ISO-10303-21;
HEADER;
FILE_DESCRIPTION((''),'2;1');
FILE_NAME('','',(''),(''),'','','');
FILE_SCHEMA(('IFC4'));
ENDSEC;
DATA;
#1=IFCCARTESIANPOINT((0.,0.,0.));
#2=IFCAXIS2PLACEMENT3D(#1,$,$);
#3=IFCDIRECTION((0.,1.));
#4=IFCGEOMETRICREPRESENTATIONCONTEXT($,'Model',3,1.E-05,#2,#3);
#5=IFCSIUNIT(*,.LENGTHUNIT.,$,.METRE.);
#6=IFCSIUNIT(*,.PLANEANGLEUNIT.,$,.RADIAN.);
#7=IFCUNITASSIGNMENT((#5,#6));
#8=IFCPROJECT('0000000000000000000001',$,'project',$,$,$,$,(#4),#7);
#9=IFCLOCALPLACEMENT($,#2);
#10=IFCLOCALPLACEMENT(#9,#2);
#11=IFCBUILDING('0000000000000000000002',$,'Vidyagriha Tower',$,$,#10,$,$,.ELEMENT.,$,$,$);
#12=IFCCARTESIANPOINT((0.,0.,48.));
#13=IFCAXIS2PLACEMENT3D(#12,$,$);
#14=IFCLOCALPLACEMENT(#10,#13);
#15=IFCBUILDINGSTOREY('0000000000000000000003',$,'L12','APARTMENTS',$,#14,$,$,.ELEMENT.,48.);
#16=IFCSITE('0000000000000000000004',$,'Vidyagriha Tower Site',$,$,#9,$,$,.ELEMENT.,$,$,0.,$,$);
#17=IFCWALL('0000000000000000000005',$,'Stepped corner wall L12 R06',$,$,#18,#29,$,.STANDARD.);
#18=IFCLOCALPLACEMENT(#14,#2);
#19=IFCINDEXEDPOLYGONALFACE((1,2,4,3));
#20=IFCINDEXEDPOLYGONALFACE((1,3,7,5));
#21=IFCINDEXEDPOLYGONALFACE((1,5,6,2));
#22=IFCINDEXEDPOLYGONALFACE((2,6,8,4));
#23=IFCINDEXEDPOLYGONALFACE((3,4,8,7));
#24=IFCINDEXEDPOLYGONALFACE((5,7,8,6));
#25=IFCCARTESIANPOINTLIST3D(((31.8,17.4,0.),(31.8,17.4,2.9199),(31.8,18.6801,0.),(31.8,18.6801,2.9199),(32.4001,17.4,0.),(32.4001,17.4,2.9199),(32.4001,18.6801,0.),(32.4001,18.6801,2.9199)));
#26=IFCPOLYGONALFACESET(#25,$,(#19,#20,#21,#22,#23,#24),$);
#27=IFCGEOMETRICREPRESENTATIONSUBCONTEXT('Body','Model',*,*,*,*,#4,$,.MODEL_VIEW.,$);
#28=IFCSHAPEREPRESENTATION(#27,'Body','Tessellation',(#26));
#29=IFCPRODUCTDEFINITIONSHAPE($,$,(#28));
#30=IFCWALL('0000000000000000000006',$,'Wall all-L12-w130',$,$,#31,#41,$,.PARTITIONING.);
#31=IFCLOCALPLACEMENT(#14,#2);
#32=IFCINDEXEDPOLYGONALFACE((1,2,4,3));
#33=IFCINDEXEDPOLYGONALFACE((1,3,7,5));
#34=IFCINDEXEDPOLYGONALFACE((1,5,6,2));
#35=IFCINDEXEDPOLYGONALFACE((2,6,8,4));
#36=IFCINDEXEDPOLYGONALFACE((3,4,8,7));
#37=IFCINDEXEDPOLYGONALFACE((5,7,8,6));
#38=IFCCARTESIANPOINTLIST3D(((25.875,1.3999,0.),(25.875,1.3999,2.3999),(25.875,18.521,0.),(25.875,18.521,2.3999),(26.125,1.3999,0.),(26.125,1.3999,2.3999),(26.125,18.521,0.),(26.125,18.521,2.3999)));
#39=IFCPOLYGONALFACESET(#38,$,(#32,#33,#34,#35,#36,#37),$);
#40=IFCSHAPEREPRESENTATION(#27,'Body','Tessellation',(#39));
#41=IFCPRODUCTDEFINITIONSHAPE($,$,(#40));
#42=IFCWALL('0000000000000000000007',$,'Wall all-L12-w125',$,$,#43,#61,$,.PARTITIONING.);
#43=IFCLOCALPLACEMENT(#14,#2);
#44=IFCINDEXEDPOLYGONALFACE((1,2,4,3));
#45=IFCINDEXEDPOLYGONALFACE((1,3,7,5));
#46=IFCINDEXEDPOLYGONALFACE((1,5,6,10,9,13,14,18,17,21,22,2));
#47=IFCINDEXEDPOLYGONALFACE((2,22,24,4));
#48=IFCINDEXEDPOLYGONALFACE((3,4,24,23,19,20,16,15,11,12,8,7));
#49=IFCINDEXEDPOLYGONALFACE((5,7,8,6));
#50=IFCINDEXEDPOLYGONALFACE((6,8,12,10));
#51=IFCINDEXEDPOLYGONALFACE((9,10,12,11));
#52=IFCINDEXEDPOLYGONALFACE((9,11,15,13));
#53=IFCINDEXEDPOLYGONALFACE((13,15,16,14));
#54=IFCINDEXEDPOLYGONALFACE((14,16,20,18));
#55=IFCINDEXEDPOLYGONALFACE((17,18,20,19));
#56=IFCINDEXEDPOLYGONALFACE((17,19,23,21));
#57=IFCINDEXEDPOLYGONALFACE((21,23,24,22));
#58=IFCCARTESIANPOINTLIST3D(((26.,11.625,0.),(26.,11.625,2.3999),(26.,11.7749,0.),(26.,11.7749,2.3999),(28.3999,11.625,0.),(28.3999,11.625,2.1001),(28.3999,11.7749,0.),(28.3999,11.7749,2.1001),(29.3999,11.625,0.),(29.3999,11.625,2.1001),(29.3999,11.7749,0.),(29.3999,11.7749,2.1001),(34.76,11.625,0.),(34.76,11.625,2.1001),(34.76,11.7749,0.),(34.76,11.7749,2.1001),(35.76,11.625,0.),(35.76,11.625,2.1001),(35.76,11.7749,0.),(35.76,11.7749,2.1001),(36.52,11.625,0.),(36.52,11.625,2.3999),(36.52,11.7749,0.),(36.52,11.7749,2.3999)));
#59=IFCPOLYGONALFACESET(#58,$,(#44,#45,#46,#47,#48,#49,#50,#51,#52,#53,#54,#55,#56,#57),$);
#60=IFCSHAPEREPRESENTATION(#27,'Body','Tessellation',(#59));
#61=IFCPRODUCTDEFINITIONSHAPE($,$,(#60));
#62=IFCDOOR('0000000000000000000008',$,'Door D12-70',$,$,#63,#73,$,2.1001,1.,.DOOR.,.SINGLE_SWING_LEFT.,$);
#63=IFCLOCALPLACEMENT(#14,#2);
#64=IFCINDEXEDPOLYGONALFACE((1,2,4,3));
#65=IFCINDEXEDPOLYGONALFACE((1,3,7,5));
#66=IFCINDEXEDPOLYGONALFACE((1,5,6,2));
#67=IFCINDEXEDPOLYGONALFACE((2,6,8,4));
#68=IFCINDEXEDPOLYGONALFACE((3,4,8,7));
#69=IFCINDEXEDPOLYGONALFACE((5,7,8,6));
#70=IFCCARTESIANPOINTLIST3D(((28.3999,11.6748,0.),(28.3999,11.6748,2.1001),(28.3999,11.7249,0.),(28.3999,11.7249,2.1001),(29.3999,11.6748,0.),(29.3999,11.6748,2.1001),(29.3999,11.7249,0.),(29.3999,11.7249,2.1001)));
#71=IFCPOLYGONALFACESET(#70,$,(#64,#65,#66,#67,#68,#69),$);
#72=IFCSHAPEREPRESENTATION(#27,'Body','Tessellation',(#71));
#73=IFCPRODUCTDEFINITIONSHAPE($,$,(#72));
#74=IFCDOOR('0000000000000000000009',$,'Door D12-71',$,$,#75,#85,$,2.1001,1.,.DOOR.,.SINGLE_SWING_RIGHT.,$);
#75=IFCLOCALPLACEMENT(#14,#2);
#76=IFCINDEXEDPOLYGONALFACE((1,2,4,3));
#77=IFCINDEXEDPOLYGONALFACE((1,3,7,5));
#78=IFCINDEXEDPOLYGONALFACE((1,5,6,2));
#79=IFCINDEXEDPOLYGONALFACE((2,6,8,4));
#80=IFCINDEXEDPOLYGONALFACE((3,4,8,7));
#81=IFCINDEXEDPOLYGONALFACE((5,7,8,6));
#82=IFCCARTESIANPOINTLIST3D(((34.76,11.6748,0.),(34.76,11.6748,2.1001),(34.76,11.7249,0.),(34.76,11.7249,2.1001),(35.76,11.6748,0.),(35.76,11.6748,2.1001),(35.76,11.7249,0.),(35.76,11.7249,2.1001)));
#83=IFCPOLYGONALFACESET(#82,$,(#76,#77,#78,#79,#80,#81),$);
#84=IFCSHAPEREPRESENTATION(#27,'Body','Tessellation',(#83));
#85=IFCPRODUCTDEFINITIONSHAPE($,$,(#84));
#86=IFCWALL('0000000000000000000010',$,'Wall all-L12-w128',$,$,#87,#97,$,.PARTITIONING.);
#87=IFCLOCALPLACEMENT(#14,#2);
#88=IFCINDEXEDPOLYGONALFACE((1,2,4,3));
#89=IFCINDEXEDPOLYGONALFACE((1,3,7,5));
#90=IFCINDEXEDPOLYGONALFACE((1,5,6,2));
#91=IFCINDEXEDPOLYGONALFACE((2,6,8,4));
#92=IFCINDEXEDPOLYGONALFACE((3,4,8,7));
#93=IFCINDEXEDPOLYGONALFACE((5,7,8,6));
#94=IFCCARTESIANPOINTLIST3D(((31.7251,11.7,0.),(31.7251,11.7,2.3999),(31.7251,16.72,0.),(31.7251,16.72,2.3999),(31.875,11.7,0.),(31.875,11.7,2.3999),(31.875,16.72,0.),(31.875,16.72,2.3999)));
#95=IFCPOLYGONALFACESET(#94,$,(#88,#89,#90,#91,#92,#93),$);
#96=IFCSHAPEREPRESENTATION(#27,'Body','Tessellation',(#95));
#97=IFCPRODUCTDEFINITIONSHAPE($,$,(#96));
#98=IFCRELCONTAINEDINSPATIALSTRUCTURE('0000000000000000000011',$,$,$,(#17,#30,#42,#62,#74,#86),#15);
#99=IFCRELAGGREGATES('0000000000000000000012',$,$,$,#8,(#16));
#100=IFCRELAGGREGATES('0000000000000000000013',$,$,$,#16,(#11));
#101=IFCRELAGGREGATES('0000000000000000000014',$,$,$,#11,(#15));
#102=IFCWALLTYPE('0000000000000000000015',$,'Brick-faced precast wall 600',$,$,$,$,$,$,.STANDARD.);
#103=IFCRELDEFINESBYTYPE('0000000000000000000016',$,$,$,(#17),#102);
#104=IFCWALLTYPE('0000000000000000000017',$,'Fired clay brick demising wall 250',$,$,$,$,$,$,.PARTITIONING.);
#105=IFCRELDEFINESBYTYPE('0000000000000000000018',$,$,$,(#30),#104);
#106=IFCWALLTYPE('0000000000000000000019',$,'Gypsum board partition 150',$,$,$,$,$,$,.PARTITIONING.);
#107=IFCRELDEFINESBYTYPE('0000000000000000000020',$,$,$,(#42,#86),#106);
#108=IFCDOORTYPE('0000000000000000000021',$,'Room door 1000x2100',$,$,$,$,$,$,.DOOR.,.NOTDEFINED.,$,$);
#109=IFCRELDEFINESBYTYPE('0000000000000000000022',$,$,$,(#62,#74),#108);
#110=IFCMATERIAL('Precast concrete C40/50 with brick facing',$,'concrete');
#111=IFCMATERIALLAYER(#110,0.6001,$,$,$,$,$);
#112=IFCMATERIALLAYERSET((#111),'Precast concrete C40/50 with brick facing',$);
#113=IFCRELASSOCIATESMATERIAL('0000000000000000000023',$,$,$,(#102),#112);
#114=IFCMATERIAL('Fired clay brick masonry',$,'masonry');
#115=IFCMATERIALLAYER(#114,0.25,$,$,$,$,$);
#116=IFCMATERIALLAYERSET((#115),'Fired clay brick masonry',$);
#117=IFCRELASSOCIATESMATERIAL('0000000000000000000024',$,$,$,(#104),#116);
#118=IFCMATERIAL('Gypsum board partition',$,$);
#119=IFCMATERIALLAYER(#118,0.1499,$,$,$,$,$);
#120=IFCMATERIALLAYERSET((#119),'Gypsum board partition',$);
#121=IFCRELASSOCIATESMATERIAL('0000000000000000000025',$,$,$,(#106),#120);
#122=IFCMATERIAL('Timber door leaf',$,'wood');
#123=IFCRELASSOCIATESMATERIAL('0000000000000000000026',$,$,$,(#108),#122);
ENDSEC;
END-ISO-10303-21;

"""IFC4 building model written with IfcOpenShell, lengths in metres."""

from ifc_helpers import new_model, si_unit, direction, frame, frame_2d, origin, place, context, subcontext, project, spatial, rectangle, extrude, material, layer, layer_set, type_object, element, fill, save


model = new_model("IFC4")

# Units and contexts
model_context = context("Model", 3, precision=1e-05, world=origin(), true_north=direction((0.0, 1.0)))
body_context = subcontext(model_context, "Body", "Model", "MODEL_VIEW")
ifc_project = project(units=[si_unit("LENGTHUNIT", "METRE"), si_unit("PLANEANGLEUNIT", "RADIAN")], contexts=[model_context])

# Site, building, storey
site_placement = place(None, origin())
site = spatial("IfcSite", under=ifc_project, at=site_placement, Name="Vidyagriha Tower Site", CompositionType="ELEMENT", RefElevation=0.0)
building_placement = place(site_placement, origin())
building = spatial("IfcBuilding", under=site, at=building_placement, Name="Vidyagriha Tower", CompositionType="ELEMENT")
storey_placement = place(building_placement, frame((0.0, 0.0, 48.0)))
storey = spatial("IfcBuildingStorey", under=building, at=storey_placement, Name="L12", Description="APARTMENTS", CompositionType="ELEMENT", Elevation=48.0)

# Shared definitions
ifc_material_1 = material(Name="Precast concrete C40/50 with brick facing", Category="concrete")
ifc_layer_1 = layer(ifc_material_1, 0.6001)
ifc_layer_set_1 = layer_set([ifc_layer_1], Name="Precast concrete C40/50 with brick facing")
wall_type_1 = type_object("IfcWallType", Name="Brick-faced precast wall 600", PredefinedType="STANDARD", material=ifc_layer_set_1)

# Walls
wall_1_placement = place(storey_placement, frame((32.1001, 17.3999, 0.0), z_axis=(0.0, 0.0, 1.0), x_axis=(0.0, 1.0, 0.0)))
element("IfcWall", 1, at=wall_1_placement, inside=storey, type_object=wall_type_1, Name="Stepped corner wall L12 R06", PredefinedType="STANDARD", context=body_context, shape_type="SweptSolid", body=[
    extrude(rectangle(XDim=1.28, YDim=0.6001, at=frame_2d((0.6401, 0.0))), origin(), (0.0, 0.0, 1.0), 2.9199),
])
ifc_material_2 = material(Name="Fired clay brick masonry", Category="masonry")
ifc_layer_2 = layer(ifc_material_2, 0.25)
ifc_layer_set_2 = layer_set([ifc_layer_2], Name="Fired clay brick masonry")
wall_type_2 = type_object("IfcWallType", Name="Fired clay brick demising wall 250", PredefinedType="PARTITIONING", material=ifc_layer_set_2)
wall_2_placement = place(storey_placement, frame((26.0, 18.521, 0.0), z_axis=(0.0, 0.0, 1.0), x_axis=(0.0, -1.0, 0.0)))
element("IfcWall", 2, at=wall_2_placement, inside=storey, type_object=wall_type_2, Name="Wall all-L12-w130", PredefinedType="PARTITIONING", context=body_context, shape_type="SweptSolid", body=[
    extrude(rectangle(XDim=17.1211, YDim=0.25, at=frame_2d((8.5605, 0.0))), origin(), (0.0, 0.0, 1.0), 2.3999),
])

# Wall, openings, doors
ifc_material_3 = material(Name="Gypsum board partition")
ifc_layer_3 = layer(ifc_material_3, 0.1499)
ifc_layer_set_3 = layer_set([ifc_layer_3], Name="Gypsum board partition")
wall_type_3 = type_object("IfcWallType", Name="Gypsum board partition 150", PredefinedType="PARTITIONING", material=ifc_layer_set_3)
wall_3_placement = place(storey_placement, frame((26.0, 11.7, 0.0)))
wall_3 = element("IfcWall", 3, at=wall_3_placement, inside=storey, type_object=wall_type_3, Name="Wall all-L12-w125", PredefinedType="PARTITIONING", context=body_context, shape_type="SweptSolid", body=[
    extrude(rectangle(XDim=10.52, YDim=0.1499, at=frame_2d((5.26, 0.0))), origin(), (0.0, 0.0, 1.0), 2.3999),
])
opening_1_placement = place(wall_3_placement, frame((2.3999, 0.0, 0.0)))
opening_1 = element("IfcOpeningElement", 4, at=opening_1_placement, cuts=wall_3, PredefinedType="OPENING", context=body_context, shape_type="SweptSolid", body=[
    extrude(rectangle(XDim=1.0, YDim=2.1001, at=frame_2d((0.5, 1.05))), frame((0.0, 0.085, 0.0), z_axis=(0.0, -1.0, 0.0), x_axis=(1.0, 0.0, 0.0)), (0.0, 0.0, 1.0), 0.1699),
])
opening_2_placement = place(wall_3_placement, frame((8.76, 0.0, 0.0)))
opening_2 = element("IfcOpeningElement", 5, at=opening_2_placement, cuts=wall_3, PredefinedType="OPENING", context=body_context, shape_type="SweptSolid", body=[
    extrude(rectangle(XDim=1.0, YDim=2.1001, at=frame_2d((0.5, 1.05))), frame((0.0, 0.085, 0.0), z_axis=(0.0, -1.0, 0.0), x_axis=(1.0, 0.0, 0.0)), (0.0, 0.0, 1.0), 0.1699),
])
ifc_material_4 = material(Name="Timber door leaf", Category="wood")
door_type = type_object("IfcDoorType", Name="Room door 1000x2100", OperationType="NOTDEFINED", PredefinedType="DOOR", material=ifc_material_4)
door_1_placement = place(opening_1_placement, origin())
door_1 = element("IfcDoor", 6, at=door_1_placement, inside=storey, type_object=door_type, Name="Door D12-70", OperationType="SINGLE_SWING_LEFT", OverallHeight=2.1001, OverallWidth=1.0, PredefinedType="DOOR", context=body_context, shape_type="SweptSolid", body=[
    extrude(rectangle(XDim=1.0, YDim=2.1001, at=frame_2d((0.5, 1.05))), frame((0.0, 0.0249, 0.0), z_axis=(0.0, -1.0, 0.0), x_axis=(1.0, 0.0, 0.0)), (0.0, 0.0, 1.0), 0.05),
])
fill(opening_1, door_1)
door_2_placement = place(opening_2_placement, origin())
door_2 = element("IfcDoor", 7, at=door_2_placement, inside=storey, type_object=door_type, Name="Door D12-71", OperationType="SINGLE_SWING_RIGHT", OverallHeight=2.1001, OverallWidth=1.0, PredefinedType="DOOR", context=body_context, shape_type="SweptSolid", body=[
    extrude(rectangle(XDim=1.0, YDim=2.1001, at=frame_2d((0.5, 1.05))), frame((0.0, 0.0249, 0.0), z_axis=(0.0, -1.0, 0.0), x_axis=(1.0, 0.0, 0.0)), (0.0, 0.0, 1.0), 0.05),
])
fill(opening_2, door_2)

# Wall
wall_4_placement = place(storey_placement, frame((31.8, 16.72, 0.0), z_axis=(0.0, 0.0, 1.0), x_axis=(0.0, -1.0, 0.0)))
element("IfcWall", 8, at=wall_4_placement, inside=storey, type_object=wall_type_3, Name="Wall all-L12-w128", PredefinedType="PARTITIONING", context=body_context, shape_type="SweptSolid", body=[
    extrude(rectangle(XDim=5.02, YDim=0.1499, at=frame_2d((2.51, 0.0))), origin(), (0.0, 0.0, 1.0), 2.3999),
])

save(model, "model.ifc")
